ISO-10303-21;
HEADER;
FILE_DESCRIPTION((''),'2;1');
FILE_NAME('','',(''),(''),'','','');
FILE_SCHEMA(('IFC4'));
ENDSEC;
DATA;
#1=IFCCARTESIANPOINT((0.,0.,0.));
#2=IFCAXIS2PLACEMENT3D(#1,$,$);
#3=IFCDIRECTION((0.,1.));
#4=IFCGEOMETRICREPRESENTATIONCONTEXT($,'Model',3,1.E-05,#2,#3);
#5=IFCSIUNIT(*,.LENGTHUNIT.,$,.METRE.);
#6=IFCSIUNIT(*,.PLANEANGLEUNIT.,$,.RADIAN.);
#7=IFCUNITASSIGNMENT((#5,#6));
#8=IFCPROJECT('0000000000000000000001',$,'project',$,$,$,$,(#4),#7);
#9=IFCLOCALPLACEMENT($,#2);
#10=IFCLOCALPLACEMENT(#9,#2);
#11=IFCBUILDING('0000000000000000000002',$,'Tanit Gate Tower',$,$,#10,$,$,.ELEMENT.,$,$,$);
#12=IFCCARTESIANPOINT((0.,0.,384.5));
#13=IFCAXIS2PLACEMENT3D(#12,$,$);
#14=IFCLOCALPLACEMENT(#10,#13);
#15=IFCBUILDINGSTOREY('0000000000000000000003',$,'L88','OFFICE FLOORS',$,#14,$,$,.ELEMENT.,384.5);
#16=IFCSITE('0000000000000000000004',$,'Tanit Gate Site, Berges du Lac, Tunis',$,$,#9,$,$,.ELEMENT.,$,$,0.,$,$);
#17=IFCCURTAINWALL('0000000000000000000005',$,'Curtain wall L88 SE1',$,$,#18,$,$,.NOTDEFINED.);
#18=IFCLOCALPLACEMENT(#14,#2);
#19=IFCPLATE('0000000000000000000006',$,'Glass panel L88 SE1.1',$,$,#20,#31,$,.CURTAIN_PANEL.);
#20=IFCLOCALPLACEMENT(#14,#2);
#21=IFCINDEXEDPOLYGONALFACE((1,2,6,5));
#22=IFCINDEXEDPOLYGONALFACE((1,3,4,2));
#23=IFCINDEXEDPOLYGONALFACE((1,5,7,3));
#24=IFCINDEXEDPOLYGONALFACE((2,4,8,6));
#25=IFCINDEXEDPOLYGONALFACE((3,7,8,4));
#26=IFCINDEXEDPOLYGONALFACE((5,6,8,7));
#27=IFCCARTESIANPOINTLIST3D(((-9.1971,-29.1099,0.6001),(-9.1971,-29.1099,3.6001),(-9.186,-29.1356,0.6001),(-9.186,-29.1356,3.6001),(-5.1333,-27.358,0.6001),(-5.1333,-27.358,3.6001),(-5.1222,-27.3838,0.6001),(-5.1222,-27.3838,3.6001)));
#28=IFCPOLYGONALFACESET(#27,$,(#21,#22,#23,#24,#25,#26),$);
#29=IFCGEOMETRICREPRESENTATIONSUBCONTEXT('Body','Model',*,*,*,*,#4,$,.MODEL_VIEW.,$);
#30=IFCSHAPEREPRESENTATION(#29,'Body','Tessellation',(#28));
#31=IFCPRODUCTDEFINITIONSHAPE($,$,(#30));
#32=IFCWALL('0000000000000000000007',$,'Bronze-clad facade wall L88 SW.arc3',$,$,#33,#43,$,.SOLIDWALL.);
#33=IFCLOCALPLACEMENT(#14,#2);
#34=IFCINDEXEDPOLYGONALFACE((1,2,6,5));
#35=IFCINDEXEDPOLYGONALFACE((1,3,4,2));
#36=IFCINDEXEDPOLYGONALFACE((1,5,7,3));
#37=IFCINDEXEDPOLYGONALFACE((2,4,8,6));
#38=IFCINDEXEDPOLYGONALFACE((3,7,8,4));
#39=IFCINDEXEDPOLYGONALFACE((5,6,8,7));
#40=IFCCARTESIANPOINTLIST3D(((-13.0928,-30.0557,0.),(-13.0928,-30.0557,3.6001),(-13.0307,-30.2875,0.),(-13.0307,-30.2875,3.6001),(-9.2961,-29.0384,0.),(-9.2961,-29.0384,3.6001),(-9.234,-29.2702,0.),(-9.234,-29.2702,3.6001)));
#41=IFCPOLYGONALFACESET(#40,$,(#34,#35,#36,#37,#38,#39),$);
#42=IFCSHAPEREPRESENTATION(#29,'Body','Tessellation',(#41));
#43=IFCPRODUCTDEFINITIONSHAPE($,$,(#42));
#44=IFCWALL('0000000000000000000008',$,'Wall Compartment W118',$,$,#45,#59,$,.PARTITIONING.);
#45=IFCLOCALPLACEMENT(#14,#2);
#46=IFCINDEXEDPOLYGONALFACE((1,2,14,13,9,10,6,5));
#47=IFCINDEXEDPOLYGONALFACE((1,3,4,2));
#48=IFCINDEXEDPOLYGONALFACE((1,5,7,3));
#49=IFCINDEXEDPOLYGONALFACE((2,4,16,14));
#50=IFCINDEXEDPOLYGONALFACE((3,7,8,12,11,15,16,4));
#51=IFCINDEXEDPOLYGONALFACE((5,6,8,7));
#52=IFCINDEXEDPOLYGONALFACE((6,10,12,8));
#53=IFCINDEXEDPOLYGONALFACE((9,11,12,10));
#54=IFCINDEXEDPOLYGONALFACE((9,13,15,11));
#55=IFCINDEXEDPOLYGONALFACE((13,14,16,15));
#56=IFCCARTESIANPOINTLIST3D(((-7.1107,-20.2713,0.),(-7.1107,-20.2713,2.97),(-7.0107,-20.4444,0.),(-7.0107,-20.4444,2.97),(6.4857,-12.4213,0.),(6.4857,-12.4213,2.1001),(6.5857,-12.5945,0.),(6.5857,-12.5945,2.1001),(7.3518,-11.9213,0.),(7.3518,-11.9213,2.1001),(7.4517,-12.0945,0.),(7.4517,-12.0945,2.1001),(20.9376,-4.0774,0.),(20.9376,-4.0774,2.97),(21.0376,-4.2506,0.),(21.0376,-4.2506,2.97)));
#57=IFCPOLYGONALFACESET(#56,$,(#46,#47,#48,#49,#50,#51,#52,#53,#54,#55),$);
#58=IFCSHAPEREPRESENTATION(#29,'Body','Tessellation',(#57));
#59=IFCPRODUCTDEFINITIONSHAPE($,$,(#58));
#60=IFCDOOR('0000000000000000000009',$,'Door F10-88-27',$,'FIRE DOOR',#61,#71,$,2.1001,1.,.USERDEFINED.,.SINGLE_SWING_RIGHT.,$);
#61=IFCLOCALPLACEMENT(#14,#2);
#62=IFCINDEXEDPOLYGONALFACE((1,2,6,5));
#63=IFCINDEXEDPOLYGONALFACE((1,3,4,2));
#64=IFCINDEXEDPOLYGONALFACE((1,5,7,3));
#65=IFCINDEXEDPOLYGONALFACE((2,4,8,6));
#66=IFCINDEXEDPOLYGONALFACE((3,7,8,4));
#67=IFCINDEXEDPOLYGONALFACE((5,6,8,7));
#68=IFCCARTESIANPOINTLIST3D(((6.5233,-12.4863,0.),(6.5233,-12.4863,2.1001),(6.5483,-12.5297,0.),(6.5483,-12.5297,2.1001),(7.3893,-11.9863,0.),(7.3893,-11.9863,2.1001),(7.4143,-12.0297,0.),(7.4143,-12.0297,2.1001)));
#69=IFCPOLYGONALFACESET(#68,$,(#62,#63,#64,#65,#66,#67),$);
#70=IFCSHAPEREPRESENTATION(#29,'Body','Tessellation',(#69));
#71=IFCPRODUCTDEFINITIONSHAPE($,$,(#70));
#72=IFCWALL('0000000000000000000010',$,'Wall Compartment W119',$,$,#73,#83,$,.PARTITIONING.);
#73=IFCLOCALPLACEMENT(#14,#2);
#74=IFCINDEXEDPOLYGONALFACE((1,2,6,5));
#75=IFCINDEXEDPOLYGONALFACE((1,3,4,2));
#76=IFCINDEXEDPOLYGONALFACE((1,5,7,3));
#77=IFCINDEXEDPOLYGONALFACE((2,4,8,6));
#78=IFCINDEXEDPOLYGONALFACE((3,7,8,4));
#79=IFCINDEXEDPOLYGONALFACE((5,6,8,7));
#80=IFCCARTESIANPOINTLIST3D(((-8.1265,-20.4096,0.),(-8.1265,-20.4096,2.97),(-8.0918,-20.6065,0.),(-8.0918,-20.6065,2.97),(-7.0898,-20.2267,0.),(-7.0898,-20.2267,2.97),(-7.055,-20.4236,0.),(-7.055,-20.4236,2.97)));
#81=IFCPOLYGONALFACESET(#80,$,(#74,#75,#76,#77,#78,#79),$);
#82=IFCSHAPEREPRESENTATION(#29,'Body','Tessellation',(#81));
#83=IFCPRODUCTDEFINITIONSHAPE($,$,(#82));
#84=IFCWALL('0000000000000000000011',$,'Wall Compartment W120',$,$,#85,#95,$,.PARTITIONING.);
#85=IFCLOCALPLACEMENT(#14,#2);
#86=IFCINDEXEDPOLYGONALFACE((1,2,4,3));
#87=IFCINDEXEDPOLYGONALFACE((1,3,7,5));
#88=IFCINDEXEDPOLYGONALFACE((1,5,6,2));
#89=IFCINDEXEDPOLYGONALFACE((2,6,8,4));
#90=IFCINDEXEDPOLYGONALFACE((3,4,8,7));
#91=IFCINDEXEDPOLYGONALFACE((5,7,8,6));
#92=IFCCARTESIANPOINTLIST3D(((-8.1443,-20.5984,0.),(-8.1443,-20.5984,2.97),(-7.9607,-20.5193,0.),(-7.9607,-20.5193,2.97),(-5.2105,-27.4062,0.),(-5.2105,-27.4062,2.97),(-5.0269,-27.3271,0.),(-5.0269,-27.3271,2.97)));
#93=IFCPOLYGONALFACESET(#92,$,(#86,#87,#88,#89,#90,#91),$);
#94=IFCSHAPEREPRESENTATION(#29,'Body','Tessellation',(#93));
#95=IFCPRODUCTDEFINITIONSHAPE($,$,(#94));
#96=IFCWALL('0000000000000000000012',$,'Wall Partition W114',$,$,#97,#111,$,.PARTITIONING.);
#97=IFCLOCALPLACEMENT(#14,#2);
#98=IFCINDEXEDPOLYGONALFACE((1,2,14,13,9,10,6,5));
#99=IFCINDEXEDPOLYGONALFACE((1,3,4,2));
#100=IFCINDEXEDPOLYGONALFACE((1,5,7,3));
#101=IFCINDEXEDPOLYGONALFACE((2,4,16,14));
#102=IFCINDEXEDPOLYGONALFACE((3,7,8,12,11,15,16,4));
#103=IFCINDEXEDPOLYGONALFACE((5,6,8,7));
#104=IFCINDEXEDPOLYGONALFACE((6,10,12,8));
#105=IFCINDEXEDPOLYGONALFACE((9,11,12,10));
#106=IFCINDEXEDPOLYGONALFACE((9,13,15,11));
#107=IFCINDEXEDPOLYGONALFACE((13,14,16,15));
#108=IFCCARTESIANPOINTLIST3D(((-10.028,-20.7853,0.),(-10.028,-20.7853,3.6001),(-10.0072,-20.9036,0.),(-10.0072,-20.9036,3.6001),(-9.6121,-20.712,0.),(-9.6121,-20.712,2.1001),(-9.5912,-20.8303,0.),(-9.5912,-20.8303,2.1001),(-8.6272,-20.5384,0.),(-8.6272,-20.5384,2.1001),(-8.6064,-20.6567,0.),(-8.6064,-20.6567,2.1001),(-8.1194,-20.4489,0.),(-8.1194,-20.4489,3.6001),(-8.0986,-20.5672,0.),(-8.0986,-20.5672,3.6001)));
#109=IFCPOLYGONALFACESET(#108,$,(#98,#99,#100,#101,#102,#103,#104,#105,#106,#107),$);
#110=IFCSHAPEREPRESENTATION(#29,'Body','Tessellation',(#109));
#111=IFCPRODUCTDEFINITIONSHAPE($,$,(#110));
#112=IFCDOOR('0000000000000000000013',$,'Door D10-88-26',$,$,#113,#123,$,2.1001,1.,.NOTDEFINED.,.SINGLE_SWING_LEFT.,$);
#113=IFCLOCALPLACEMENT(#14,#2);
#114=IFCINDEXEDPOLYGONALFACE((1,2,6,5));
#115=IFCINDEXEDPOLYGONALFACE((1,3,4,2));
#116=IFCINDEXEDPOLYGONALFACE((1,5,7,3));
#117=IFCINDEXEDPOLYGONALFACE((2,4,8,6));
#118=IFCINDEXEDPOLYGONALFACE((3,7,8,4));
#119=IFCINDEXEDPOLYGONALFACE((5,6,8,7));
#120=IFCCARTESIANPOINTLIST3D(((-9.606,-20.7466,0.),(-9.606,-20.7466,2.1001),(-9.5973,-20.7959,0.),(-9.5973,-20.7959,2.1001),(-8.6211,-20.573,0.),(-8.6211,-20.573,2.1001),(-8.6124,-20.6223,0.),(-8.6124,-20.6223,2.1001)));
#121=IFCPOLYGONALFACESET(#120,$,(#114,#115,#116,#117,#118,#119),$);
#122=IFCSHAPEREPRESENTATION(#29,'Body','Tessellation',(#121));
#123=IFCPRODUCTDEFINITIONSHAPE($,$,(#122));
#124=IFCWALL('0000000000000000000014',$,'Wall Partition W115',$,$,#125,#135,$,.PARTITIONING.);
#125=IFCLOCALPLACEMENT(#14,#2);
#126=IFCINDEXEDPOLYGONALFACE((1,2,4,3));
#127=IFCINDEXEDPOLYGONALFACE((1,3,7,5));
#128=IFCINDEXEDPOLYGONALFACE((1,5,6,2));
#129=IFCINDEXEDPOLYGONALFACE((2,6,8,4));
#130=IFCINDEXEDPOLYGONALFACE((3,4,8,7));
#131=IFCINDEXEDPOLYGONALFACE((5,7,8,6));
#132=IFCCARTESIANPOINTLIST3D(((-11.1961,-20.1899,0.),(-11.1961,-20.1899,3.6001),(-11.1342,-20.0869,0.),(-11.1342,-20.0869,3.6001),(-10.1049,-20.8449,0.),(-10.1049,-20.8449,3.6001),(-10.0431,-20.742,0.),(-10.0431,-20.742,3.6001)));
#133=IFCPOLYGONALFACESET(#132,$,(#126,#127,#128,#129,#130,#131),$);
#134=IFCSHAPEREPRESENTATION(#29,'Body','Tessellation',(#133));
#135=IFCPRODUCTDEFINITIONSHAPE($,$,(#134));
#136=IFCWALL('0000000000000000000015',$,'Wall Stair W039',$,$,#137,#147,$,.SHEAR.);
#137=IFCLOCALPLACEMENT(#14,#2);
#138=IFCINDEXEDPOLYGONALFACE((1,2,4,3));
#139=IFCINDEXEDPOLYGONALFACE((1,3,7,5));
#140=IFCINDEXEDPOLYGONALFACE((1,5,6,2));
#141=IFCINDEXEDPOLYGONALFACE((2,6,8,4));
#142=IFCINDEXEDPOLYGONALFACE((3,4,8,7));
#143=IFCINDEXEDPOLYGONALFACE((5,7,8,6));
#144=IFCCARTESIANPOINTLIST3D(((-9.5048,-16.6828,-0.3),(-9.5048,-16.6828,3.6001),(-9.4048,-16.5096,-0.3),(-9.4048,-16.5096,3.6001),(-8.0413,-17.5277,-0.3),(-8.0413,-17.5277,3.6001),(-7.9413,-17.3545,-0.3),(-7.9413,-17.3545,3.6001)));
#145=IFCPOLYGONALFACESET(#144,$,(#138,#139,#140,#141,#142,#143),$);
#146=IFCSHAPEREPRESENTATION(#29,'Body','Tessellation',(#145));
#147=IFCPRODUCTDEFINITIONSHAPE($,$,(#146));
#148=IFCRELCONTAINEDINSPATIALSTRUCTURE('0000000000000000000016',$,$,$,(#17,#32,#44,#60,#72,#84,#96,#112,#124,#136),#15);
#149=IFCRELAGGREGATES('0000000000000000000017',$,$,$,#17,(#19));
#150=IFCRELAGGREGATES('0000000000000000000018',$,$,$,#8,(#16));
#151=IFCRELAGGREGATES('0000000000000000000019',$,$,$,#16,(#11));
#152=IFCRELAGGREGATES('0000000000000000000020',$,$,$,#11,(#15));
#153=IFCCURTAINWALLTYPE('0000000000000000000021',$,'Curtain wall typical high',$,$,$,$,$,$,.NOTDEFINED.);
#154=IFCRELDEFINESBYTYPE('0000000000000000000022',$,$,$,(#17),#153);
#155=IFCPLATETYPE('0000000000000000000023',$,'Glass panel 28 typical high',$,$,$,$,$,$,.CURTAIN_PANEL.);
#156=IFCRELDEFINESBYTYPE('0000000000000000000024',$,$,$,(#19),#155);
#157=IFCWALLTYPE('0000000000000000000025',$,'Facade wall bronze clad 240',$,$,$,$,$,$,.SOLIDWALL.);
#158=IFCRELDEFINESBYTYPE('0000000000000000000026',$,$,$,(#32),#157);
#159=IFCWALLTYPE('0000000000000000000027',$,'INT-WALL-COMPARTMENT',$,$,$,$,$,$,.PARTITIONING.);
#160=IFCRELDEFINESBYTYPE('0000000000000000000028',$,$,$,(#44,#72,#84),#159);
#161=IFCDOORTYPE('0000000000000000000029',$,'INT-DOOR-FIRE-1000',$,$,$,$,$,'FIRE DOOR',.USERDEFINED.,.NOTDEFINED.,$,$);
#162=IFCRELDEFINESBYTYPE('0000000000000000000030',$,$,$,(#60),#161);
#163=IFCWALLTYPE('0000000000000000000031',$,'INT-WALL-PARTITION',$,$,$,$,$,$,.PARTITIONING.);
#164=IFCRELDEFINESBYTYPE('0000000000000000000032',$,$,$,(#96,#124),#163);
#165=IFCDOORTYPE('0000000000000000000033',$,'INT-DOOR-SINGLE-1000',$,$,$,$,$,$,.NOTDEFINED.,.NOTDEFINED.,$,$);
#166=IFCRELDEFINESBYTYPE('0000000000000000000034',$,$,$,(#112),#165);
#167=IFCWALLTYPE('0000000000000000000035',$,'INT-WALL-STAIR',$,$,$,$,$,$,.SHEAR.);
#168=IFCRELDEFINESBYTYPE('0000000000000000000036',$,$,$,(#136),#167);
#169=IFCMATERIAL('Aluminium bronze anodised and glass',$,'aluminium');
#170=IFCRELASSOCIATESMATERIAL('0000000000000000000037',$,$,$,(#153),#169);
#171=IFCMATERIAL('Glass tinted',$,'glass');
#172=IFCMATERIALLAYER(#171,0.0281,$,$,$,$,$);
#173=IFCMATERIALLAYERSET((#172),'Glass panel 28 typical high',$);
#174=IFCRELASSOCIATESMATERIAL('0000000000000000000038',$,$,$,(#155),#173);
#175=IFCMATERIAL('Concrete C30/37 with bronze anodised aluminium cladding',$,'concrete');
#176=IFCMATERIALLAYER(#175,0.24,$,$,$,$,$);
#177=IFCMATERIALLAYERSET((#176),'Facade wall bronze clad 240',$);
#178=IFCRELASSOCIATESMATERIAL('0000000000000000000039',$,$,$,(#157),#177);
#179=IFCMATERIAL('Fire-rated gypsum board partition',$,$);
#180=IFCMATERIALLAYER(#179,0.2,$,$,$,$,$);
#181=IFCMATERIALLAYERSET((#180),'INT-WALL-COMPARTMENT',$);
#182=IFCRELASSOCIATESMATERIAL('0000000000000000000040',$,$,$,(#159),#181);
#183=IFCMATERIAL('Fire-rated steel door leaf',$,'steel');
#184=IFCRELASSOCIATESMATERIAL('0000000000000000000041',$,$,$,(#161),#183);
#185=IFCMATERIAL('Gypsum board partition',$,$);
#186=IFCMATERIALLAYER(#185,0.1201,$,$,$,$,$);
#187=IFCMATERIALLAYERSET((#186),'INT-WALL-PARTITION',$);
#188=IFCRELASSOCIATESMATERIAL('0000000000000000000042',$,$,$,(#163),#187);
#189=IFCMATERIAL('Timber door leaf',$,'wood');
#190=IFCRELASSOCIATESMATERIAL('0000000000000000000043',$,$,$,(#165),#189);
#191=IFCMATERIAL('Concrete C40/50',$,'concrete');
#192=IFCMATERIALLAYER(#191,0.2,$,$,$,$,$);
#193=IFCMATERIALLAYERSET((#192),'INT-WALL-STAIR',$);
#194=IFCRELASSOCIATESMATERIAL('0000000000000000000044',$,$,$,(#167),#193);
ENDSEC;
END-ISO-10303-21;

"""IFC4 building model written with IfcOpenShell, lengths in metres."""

from ifc_helpers import new_model, si_unit, direction, frame, frame_2d, origin, origin_2d, place, context, subcontext, project, spatial, rectangle, extrude, material, layer, layer_set, type_object, element, fill, aggregate, save


model = new_model("IFC4")

# Units and contexts
model_context = context("Model", 3, precision=1e-05, world=origin(), true_north=direction((0.0, 1.0)))
body_context = subcontext(model_context, "Body", "Model", "MODEL_VIEW")
ifc_project = project(units=[si_unit("LENGTHUNIT", "METRE"), si_unit("PLANEANGLEUNIT", "RADIAN")], contexts=[model_context])

# Site, building, storey
site_placement = place(None, origin())
site = spatial("IfcSite", under=ifc_project, at=site_placement, Name="Tanit Gate Site, Berges du Lac, Tunis", CompositionType="ELEMENT", RefElevation=0.0)
building_placement = place(site_placement, origin())
building = spatial("IfcBuilding", under=site, at=building_placement, Name="Tanit Gate Tower", CompositionType="ELEMENT")
storey_placement = place(building_placement, frame((0.0, 0.0, 384.5)))
storey = spatial("IfcBuildingStorey", under=building, at=storey_placement, Name="L88", Description="OFFICE FLOORS", CompositionType="ELEMENT", Elevation=384.5)

# Curtain wall
ifc_material_1 = material(Name="Aluminium bronze anodised and glass", Category="aluminium")
curtain_wall_type = type_object("IfcCurtainWallType", Name="Curtain wall typical high", PredefinedType="NOTDEFINED", material=ifc_material_1)
curtain_wall_placement = place(storey_placement, origin())
curtain_wall = element("IfcCurtainWall", 1, at=curtain_wall_placement, inside=storey, type_object=curtain_wall_type, Name="Curtain wall L88 SE1", PredefinedType="NOTDEFINED")

# Plate
ifc_material_2 = material(Name="Glass tinted", Category="glass")
ifc_layer_1 = layer(ifc_material_2, 0.0281)
ifc_layer_set_1 = layer_set([ifc_layer_1], Name="Glass panel 28 typical high")
plate_type = type_object("IfcPlateType", Name="Glass panel 28 typical high", PredefinedType="CURTAIN_PANEL", material=ifc_layer_set_1)
plate_placement = place(storey_placement, frame((-7.1597, -28.2468, 0.6001), z_axis=(0.0, 0.0, 1.0), x_axis=(0.918306, 0.395871, 0.0)))
plate = element("IfcPlate", 2, at=plate_placement, type_object=plate_type, Name="Glass panel L88 SE1.1", PredefinedType="CURTAIN_PANEL", context=body_context, shape_type="SweptSolid", body=[
    extrude(rectangle(XDim=4.4253, YDim=0.0281, at=origin_2d()), origin(), (0.0, 0.0, 1.0), 3.0),
])
aggregate(curtain_wall, [plate])

# Wall
ifc_material_3 = material(Name="Concrete C30/37 with bronze anodised aluminium cladding", Category="concrete")
ifc_layer_2 = layer(ifc_material_3, 0.24)
ifc_layer_set_2 = layer_set([ifc_layer_2], Name="Facade wall bronze clad 240")
wall_type_1 = type_object("IfcWallType", Name="Facade wall bronze clad 240", PredefinedType="SOLIDWALL", material=ifc_layer_set_2)
wall_1_placement = place(storey_placement, frame((-13.0618, -30.1716, 0.0), z_axis=(0.0, 0.0, 1.0), x_axis=(0.965924, 0.258826, 0.0)))
element("IfcWall", 3, at=wall_1_placement, inside=storey, type_object=wall_type_1, Name="Bronze-clad facade wall L88 SW.arc3", PredefinedType="SOLIDWALL", context=body_context, shape_type="SweptSolid", body=[
    extrude(rectangle(XDim=3.9307, YDim=0.24, at=frame_2d((1.9653, 0.0))), origin(), (0.0, 0.0, 1.0), 3.6001),
])

# Wall, opening, door
ifc_material_4 = material(Name="Fire-rated gypsum board partition")
ifc_layer_3 = layer(ifc_material_4, 0.2)
ifc_layer_set_3 = layer_set([ifc_layer_3], Name="INT-WALL-COMPARTMENT")
wall_type_2 = type_object("IfcWallType", Name="INT-WALL-COMPARTMENT", PredefinedType="PARTITIONING", material=ifc_layer_set_3)
wall_2_placement = place(storey_placement, frame((-7.0608, -20.3579, 0.0), z_axis=(0.0, 0.0, 1.0), x_axis=(0.866024, 0.500003, 0.0)))
wall_2 = element("IfcWall", 4, at=wall_2_placement, inside=storey, type_object=wall_type_2, Name="Wall Compartment W118", PredefinedType="PARTITIONING", context=body_context, shape_type="SweptSolid", body=[
    extrude(rectangle(XDim=32.3875, YDim=0.2, at=frame_2d((16.1938, 0.0))), origin(), (0.0, 0.0, 1.0), 2.97),
])
opening_1_placement = place(wall_2_placement, frame((15.7, 0.0, 0.0)))
opening_1 = element("IfcOpeningElement", 5, at=opening_1_placement, cuts=wall_2, PredefinedType="OPENING", context=body_context, shape_type="SweptSolid", body=[
    extrude(rectangle(XDim=1.0, YDim=2.1001, at=frame_2d((0.5, 1.05))), frame((0.0, 0.1099, 0.0), z_axis=(0.0, -1.0, 0.0), x_axis=(1.0, 0.0, 0.0)), (0.0, 0.0, 1.0), 0.22),
])
ifc_material_5 = material(Name="Fire-rated steel door leaf", Category="steel")
door_type_1 = type_object("IfcDoorType", Name="INT-DOOR-FIRE-1000", ElementType="FIRE DOOR", OperationType="NOTDEFINED", PredefinedType="USERDEFINED", material=ifc_material_5)
door_1_placement = place(opening_1_placement, origin())
door_1 = element("IfcDoor", 6, at=door_1_placement, inside=storey, type_object=door_type_1, Name="Door F10-88-27", ObjectType="FIRE DOOR", OperationType="SINGLE_SWING_RIGHT", OverallHeight=2.1001, OverallWidth=1.0, PredefinedType="USERDEFINED", context=body_context, shape_type="SweptSolid", body=[
    extrude(rectangle(XDim=1.0, YDim=2.1001, at=frame_2d((0.5, 1.05))), frame((0.0, 0.0249, 0.0), z_axis=(0.0, -1.0, 0.0), x_axis=(1.0, 0.0, 0.0)), (0.0, 0.0, 1.0), 0.05),
])
fill(opening_1, door_1)

# Walls
wall_3_placement = place(storey_placement, frame((-8.1091, -20.5081, 0.0), z_axis=(0.0, 0.0, 1.0), x_axis=(0.984795, 0.173719, 0.0)))
element("IfcWall", 7, at=wall_3_placement, inside=storey, type_object=wall_type_2, Name="Wall Compartment W119", PredefinedType="PARTITIONING", context=body_context, shape_type="SweptSolid", body=[
    extrude(rectangle(XDim=1.0527, YDim=0.2, at=frame_2d((0.5264, 0.0))), origin(), (0.0, 0.0, 1.0), 2.97),
])
wall_4_placement = place(storey_placement, frame((-8.0525, -20.5588, 0.0), z_axis=(0.0, 0.0, 1.0), x_axis=(0.395763, -0.918353, 0.0)))
element("IfcWall", 8, at=wall_4_placement, inside=storey, type_object=wall_type_2, Name="Wall Compartment W120", PredefinedType="PARTITIONING", context=body_context, shape_type="SweptSolid", body=[
    extrude(rectangle(XDim=7.4131, YDim=0.2, at=frame_2d((3.7065, 0.0))), origin(), (0.0, 0.0, 1.0), 2.97),
])

# Wall, opening, door
ifc_material_6 = material(Name="Gypsum board partition")
ifc_layer_4 = layer(ifc_material_6, 0.1201)
ifc_layer_set_4 = layer_set([ifc_layer_4], Name="INT-WALL-PARTITION")
wall_type_3 = type_object("IfcWallType", Name="INT-WALL-PARTITION", PredefinedType="PARTITIONING", material=ifc_layer_set_4)
wall_5_placement = place(storey_placement, frame((-10.0176, -20.8445, 0.0), z_axis=(0.0, 0.0, 1.0), x_axis=(0.984815, 0.173606, 0.0)))
wall_5 = element("IfcWall", 9, at=wall_5_placement, inside=storey, type_object=wall_type_3, Name="Wall Partition W114", PredefinedType="PARTITIONING", context=body_context, shape_type="SweptSolid", body=[
    extrude(rectangle(XDim=1.938, YDim=0.1201, at=frame_2d((0.969, 0.0))), origin(), (0.0, 0.0, 1.0), 3.6001),
])
opening_2_placement = place(wall_5_placement, frame((0.4224, 0.0, 0.0)))
opening_2 = element("IfcOpeningElement", 10, at=opening_2_placement, cuts=wall_5, PredefinedType="OPENING", context=body_context, shape_type="SweptSolid", body=[
    extrude(rectangle(XDim=1.0, YDim=2.1001, at=frame_2d((0.5, 1.05))), frame((0.0, 0.0701, 0.0), z_axis=(0.0, -1.0, 0.0), x_axis=(1.0, 0.0, 0.0)), (0.0, 0.0, 1.0), 0.1401),
])
ifc_material_7 = material(Name="Timber door leaf", Category="wood")
door_type_2 = type_object("IfcDoorType", Name="INT-DOOR-SINGLE-1000", OperationType="NOTDEFINED", PredefinedType="NOTDEFINED", material=ifc_material_7)
door_2_placement = place(opening_2_placement, origin())
door_2 = element("IfcDoor", 11, at=door_2_placement, inside=storey, type_object=door_type_2, Name="Door D10-88-26", OperationType="SINGLE_SWING_LEFT", OverallHeight=2.1001, OverallWidth=1.0, PredefinedType="NOTDEFINED", context=body_context, shape_type="SweptSolid", body=[
    extrude(rectangle(XDim=1.0, YDim=2.1001, at=frame_2d((0.5, 1.05))), frame((0.0, 0.0249, 0.0), z_axis=(0.0, -1.0, 0.0), x_axis=(1.0, 0.0, 0.0)), (0.0, 0.0, 1.0), 0.05),
])
fill(opening_2, door_2)

# Walls
wall_6_placement = place(storey_placement, frame((-11.165, -20.1384, 0.0), z_axis=(0.0, 0.0, 1.0), x_axis=(0.857357, -0.514721, 0.0)))
element("IfcWall", 12, at=wall_6_placement, inside=storey, type_object=wall_type_3, Name="Wall Partition W115", PredefinedType="PARTITIONING", context=body_context, shape_type="SweptSolid", body=[
    extrude(rectangle(XDim=1.2727, YDim=0.1201, at=frame_2d((0.6362, 0.0))), origin(), (0.0, 0.0, 1.0), 3.6001),
])
ifc_material_8 = material(Name="Concrete C40/50", Category="concrete")
ifc_layer_5 = layer(ifc_material_8, 0.2)
ifc_layer_set_5 = layer_set([ifc_layer_5], Name="INT-WALL-STAIR")
wall_type_4 = type_object("IfcWallType", Name="INT-WALL-STAIR", PredefinedType="SHEAR", material=ifc_layer_set_5)
wall_7_placement = place(storey_placement, frame((-9.4548, -16.5962, -0.3), z_axis=(0.0, 0.0, 1.0), x_axis=(0.866039, -0.499977, 0.0)))
element("IfcWall", 13, at=wall_7_placement, inside=storey, type_object=wall_type_4, Name="Wall Stair W039", PredefinedType="SHEAR", context=body_context, shape_type="SweptSolid", body=[
    extrude(rectangle(XDim=1.6899, YDim=0.2, at=frame_2d((0.845, 0.0))), origin(), (0.0, 0.0, 1.0), 3.9001),
])

save(model, "model.ifc")
